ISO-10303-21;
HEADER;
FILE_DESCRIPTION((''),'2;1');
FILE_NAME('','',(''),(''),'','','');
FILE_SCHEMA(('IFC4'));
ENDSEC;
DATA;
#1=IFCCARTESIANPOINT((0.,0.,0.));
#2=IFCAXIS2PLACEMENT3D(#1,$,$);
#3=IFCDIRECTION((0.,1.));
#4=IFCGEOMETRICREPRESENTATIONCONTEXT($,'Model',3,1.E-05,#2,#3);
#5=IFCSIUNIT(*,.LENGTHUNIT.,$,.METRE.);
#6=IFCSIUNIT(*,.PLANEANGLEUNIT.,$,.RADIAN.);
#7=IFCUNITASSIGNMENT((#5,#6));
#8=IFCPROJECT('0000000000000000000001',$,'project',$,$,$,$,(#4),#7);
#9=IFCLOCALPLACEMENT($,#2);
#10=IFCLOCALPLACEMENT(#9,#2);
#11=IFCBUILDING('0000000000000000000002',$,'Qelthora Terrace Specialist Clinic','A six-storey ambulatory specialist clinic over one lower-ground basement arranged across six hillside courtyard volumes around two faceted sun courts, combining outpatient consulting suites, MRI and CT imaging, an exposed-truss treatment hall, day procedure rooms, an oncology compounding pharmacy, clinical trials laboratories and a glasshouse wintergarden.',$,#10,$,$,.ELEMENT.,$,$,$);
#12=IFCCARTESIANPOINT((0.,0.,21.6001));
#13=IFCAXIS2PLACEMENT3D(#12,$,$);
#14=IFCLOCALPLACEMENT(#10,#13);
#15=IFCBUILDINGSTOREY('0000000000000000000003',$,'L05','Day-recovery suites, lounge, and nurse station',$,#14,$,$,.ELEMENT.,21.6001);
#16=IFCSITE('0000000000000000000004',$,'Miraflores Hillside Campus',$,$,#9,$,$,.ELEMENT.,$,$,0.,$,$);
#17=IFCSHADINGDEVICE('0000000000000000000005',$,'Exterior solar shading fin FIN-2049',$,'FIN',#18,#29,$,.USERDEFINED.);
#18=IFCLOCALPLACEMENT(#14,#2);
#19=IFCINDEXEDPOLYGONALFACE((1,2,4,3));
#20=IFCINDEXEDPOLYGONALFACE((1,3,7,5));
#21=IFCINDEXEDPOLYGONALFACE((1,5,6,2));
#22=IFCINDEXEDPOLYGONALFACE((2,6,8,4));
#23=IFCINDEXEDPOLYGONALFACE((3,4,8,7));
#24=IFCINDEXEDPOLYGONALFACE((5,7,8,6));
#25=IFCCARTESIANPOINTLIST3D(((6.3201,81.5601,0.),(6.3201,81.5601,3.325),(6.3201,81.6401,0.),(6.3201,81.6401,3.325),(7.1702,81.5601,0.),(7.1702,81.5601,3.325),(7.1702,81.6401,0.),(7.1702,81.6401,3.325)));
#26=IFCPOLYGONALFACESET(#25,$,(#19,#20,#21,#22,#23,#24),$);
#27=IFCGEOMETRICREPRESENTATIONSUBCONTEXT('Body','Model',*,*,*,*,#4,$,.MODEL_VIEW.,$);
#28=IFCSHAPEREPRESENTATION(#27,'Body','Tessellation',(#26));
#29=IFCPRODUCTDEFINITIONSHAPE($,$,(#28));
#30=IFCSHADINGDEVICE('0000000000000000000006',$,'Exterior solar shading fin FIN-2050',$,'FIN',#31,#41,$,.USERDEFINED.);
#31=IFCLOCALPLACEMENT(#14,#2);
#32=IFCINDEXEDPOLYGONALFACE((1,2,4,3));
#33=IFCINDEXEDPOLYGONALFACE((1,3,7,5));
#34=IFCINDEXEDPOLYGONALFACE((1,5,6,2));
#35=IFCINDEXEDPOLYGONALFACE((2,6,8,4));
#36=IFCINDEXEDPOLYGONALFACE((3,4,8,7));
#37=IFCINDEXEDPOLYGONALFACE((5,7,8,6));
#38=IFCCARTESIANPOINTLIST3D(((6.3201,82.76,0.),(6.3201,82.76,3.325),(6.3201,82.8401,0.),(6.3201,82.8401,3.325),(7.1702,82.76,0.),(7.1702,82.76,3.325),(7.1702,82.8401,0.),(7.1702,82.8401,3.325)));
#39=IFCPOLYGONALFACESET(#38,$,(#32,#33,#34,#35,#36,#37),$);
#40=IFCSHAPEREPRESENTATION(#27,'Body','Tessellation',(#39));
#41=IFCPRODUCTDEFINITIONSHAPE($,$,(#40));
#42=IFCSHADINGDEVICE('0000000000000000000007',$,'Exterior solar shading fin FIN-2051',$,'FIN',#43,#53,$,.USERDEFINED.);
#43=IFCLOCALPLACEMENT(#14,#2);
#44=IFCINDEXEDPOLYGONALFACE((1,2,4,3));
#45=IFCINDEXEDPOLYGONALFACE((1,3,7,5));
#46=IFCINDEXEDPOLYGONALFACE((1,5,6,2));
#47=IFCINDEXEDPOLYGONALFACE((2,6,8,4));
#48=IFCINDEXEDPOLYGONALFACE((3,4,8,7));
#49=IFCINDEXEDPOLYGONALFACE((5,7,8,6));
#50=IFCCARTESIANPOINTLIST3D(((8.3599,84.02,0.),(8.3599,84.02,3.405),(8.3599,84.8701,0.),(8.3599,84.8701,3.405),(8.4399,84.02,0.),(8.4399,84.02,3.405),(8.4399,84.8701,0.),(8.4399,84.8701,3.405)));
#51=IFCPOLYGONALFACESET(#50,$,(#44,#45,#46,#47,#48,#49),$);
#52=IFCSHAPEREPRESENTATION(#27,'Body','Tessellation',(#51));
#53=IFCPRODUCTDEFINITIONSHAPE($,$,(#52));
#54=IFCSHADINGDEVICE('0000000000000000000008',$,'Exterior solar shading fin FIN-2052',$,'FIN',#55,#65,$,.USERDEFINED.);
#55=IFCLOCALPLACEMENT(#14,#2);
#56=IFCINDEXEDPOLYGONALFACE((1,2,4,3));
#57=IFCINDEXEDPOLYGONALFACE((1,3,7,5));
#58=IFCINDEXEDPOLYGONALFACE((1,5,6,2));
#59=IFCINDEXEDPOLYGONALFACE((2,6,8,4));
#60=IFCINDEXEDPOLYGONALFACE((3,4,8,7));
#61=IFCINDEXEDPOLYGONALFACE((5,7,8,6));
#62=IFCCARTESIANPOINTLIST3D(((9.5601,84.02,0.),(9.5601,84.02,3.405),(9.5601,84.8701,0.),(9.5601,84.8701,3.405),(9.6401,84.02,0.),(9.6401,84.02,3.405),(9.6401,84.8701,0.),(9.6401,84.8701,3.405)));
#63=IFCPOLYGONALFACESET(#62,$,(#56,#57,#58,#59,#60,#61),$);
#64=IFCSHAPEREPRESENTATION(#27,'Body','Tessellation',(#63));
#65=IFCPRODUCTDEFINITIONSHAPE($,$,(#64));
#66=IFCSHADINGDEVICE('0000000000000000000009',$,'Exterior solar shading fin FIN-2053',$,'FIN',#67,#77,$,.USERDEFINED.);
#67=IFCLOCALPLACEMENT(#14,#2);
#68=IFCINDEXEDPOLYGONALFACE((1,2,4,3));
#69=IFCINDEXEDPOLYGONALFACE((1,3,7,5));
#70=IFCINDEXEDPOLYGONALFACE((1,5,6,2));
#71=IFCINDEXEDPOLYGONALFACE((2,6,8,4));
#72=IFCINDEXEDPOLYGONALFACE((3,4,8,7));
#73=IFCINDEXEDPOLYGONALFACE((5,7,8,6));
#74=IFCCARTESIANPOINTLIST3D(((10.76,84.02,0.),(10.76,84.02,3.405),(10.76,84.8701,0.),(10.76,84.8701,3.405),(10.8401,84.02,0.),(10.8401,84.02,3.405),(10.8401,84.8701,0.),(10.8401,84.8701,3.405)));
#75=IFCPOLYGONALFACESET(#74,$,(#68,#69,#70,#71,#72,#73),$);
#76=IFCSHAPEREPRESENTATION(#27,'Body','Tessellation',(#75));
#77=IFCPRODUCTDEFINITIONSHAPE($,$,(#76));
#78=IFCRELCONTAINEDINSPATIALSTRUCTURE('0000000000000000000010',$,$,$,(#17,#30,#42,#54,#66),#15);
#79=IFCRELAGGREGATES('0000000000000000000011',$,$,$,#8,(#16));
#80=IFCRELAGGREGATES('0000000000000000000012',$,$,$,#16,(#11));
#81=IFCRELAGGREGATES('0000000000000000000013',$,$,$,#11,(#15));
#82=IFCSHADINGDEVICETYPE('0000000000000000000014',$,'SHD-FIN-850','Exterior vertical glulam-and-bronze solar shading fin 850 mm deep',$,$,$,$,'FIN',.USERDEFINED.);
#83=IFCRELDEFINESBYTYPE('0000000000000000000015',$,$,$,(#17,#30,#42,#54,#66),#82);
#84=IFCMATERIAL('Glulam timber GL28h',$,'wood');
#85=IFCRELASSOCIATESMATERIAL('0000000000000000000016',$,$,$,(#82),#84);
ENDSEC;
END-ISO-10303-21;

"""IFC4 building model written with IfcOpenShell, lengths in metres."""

from ifc_helpers import new_model, si_unit, direction, frame, origin, origin_2d, place, context, subcontext, project, spatial, rectangle, extrude, material, type_object, element, save


model = new_model("IFC4")

# Units and contexts
model_context = context("Model", 3, precision=1e-05, world=origin(), true_north=direction((0.0, 1.0)))
body_context = subcontext(model_context, "Body", "Model", "MODEL_VIEW")
ifc_project = project(units=[si_unit("LENGTHUNIT", "METRE"), si_unit("PLANEANGLEUNIT", "RADIAN")], contexts=[model_context])

# Site, building, storey
site_placement = place(None, origin())
site = spatial("IfcSite", under=ifc_project, at=site_placement, Name="Miraflores Hillside Campus", CompositionType="ELEMENT", RefElevation=0.0)
building_placement = place(site_placement, origin())
building = spatial("IfcBuilding", under=site, at=building_placement, Name="Qelthora Terrace Specialist Clinic", Description="A six-storey ambulatory specialist clinic over one lower-ground basement arranged across six hillside courtyard volumes around two faceted sun courts, combining outpatient consulting suites, MRI and CT imaging, an exposed-truss treatment hall, day procedure rooms, an oncology compounding pharmacy, clinical trials laboratories and a glasshouse wintergarden.", CompositionType="ELEMENT")
storey_placement = place(building_placement, frame((0.0, 0.0, 21.6001)))
storey = spatial("IfcBuildingStorey", under=building, at=storey_placement, Name="L05", Description="Day-recovery suites, lounge, and nurse station", CompositionType="ELEMENT", Elevation=21.6001)

# Shading devices
ifc_material_1 = material(Name="Glulam timber GL28h", Category="wood")
shading_device_type = type_object("IfcShadingDeviceType", Name="SHD-FIN-850", Description="Exterior vertical glulam-and-bronze solar shading fin 850 mm deep", ElementType="FIN", PredefinedType="USERDEFINED", material=ifc_material_1)
for number, where, z_axis, x_axis, name in (
    (1, (6.7451, 81.6001, 0.0), (0.0, 0.0, 1.0), (-1.0, 0.0, 0.0), "Exterior solar shading fin FIN-2049"),
    (2, (6.7451, 82.8, 0.0), (0.0, 0.0, 1.0), (-1.0, 0.0, 0.0), "Exterior solar shading fin FIN-2050"),
):
    element("IfcShadingDevice", number, at=place(storey_placement, frame(where, z_axis=z_axis, x_axis=x_axis)), inside=storey, type_object=shading_device_type, Name=name, ObjectType="FIN", PredefinedType="USERDEFINED", context=body_context, shape_type="SweptSolid", body=[
        extrude(rectangle(XDim=0.8501, YDim=0.0801, at=origin_2d()), origin(), (0.0, 0.0, 1.0), 3.325),
    ])
for number, where, z_axis, x_axis, name in (
    (3, (8.3999, 84.4451, 0.0), (0.0, 0.0, 1.0), (0.0, 1.0, 0.0), "Exterior solar shading fin FIN-2051"),
    (4, (9.6001, 84.4451, 0.0), (0.0, 0.0, 1.0), (0.0, 1.0, 0.0), "Exterior solar shading fin FIN-2052"),
    (5, (10.8, 84.4451, 0.0), (0.0, 0.0, 1.0), (0.0, 1.0, 0.0), "Exterior solar shading fin FIN-2053"),
):
    element("IfcShadingDevice", number, at=place(storey_placement, frame(where, z_axis=z_axis, x_axis=x_axis)), inside=storey, type_object=shading_device_type, Name=name, ObjectType="FIN", PredefinedType="USERDEFINED", context=body_context, shape_type="SweptSolid", body=[
        extrude(rectangle(XDim=0.8501, YDim=0.0801, at=origin_2d()), origin(), (0.0, 0.0, 1.0), 3.405),
    ])

save(model, "model.ifc")
